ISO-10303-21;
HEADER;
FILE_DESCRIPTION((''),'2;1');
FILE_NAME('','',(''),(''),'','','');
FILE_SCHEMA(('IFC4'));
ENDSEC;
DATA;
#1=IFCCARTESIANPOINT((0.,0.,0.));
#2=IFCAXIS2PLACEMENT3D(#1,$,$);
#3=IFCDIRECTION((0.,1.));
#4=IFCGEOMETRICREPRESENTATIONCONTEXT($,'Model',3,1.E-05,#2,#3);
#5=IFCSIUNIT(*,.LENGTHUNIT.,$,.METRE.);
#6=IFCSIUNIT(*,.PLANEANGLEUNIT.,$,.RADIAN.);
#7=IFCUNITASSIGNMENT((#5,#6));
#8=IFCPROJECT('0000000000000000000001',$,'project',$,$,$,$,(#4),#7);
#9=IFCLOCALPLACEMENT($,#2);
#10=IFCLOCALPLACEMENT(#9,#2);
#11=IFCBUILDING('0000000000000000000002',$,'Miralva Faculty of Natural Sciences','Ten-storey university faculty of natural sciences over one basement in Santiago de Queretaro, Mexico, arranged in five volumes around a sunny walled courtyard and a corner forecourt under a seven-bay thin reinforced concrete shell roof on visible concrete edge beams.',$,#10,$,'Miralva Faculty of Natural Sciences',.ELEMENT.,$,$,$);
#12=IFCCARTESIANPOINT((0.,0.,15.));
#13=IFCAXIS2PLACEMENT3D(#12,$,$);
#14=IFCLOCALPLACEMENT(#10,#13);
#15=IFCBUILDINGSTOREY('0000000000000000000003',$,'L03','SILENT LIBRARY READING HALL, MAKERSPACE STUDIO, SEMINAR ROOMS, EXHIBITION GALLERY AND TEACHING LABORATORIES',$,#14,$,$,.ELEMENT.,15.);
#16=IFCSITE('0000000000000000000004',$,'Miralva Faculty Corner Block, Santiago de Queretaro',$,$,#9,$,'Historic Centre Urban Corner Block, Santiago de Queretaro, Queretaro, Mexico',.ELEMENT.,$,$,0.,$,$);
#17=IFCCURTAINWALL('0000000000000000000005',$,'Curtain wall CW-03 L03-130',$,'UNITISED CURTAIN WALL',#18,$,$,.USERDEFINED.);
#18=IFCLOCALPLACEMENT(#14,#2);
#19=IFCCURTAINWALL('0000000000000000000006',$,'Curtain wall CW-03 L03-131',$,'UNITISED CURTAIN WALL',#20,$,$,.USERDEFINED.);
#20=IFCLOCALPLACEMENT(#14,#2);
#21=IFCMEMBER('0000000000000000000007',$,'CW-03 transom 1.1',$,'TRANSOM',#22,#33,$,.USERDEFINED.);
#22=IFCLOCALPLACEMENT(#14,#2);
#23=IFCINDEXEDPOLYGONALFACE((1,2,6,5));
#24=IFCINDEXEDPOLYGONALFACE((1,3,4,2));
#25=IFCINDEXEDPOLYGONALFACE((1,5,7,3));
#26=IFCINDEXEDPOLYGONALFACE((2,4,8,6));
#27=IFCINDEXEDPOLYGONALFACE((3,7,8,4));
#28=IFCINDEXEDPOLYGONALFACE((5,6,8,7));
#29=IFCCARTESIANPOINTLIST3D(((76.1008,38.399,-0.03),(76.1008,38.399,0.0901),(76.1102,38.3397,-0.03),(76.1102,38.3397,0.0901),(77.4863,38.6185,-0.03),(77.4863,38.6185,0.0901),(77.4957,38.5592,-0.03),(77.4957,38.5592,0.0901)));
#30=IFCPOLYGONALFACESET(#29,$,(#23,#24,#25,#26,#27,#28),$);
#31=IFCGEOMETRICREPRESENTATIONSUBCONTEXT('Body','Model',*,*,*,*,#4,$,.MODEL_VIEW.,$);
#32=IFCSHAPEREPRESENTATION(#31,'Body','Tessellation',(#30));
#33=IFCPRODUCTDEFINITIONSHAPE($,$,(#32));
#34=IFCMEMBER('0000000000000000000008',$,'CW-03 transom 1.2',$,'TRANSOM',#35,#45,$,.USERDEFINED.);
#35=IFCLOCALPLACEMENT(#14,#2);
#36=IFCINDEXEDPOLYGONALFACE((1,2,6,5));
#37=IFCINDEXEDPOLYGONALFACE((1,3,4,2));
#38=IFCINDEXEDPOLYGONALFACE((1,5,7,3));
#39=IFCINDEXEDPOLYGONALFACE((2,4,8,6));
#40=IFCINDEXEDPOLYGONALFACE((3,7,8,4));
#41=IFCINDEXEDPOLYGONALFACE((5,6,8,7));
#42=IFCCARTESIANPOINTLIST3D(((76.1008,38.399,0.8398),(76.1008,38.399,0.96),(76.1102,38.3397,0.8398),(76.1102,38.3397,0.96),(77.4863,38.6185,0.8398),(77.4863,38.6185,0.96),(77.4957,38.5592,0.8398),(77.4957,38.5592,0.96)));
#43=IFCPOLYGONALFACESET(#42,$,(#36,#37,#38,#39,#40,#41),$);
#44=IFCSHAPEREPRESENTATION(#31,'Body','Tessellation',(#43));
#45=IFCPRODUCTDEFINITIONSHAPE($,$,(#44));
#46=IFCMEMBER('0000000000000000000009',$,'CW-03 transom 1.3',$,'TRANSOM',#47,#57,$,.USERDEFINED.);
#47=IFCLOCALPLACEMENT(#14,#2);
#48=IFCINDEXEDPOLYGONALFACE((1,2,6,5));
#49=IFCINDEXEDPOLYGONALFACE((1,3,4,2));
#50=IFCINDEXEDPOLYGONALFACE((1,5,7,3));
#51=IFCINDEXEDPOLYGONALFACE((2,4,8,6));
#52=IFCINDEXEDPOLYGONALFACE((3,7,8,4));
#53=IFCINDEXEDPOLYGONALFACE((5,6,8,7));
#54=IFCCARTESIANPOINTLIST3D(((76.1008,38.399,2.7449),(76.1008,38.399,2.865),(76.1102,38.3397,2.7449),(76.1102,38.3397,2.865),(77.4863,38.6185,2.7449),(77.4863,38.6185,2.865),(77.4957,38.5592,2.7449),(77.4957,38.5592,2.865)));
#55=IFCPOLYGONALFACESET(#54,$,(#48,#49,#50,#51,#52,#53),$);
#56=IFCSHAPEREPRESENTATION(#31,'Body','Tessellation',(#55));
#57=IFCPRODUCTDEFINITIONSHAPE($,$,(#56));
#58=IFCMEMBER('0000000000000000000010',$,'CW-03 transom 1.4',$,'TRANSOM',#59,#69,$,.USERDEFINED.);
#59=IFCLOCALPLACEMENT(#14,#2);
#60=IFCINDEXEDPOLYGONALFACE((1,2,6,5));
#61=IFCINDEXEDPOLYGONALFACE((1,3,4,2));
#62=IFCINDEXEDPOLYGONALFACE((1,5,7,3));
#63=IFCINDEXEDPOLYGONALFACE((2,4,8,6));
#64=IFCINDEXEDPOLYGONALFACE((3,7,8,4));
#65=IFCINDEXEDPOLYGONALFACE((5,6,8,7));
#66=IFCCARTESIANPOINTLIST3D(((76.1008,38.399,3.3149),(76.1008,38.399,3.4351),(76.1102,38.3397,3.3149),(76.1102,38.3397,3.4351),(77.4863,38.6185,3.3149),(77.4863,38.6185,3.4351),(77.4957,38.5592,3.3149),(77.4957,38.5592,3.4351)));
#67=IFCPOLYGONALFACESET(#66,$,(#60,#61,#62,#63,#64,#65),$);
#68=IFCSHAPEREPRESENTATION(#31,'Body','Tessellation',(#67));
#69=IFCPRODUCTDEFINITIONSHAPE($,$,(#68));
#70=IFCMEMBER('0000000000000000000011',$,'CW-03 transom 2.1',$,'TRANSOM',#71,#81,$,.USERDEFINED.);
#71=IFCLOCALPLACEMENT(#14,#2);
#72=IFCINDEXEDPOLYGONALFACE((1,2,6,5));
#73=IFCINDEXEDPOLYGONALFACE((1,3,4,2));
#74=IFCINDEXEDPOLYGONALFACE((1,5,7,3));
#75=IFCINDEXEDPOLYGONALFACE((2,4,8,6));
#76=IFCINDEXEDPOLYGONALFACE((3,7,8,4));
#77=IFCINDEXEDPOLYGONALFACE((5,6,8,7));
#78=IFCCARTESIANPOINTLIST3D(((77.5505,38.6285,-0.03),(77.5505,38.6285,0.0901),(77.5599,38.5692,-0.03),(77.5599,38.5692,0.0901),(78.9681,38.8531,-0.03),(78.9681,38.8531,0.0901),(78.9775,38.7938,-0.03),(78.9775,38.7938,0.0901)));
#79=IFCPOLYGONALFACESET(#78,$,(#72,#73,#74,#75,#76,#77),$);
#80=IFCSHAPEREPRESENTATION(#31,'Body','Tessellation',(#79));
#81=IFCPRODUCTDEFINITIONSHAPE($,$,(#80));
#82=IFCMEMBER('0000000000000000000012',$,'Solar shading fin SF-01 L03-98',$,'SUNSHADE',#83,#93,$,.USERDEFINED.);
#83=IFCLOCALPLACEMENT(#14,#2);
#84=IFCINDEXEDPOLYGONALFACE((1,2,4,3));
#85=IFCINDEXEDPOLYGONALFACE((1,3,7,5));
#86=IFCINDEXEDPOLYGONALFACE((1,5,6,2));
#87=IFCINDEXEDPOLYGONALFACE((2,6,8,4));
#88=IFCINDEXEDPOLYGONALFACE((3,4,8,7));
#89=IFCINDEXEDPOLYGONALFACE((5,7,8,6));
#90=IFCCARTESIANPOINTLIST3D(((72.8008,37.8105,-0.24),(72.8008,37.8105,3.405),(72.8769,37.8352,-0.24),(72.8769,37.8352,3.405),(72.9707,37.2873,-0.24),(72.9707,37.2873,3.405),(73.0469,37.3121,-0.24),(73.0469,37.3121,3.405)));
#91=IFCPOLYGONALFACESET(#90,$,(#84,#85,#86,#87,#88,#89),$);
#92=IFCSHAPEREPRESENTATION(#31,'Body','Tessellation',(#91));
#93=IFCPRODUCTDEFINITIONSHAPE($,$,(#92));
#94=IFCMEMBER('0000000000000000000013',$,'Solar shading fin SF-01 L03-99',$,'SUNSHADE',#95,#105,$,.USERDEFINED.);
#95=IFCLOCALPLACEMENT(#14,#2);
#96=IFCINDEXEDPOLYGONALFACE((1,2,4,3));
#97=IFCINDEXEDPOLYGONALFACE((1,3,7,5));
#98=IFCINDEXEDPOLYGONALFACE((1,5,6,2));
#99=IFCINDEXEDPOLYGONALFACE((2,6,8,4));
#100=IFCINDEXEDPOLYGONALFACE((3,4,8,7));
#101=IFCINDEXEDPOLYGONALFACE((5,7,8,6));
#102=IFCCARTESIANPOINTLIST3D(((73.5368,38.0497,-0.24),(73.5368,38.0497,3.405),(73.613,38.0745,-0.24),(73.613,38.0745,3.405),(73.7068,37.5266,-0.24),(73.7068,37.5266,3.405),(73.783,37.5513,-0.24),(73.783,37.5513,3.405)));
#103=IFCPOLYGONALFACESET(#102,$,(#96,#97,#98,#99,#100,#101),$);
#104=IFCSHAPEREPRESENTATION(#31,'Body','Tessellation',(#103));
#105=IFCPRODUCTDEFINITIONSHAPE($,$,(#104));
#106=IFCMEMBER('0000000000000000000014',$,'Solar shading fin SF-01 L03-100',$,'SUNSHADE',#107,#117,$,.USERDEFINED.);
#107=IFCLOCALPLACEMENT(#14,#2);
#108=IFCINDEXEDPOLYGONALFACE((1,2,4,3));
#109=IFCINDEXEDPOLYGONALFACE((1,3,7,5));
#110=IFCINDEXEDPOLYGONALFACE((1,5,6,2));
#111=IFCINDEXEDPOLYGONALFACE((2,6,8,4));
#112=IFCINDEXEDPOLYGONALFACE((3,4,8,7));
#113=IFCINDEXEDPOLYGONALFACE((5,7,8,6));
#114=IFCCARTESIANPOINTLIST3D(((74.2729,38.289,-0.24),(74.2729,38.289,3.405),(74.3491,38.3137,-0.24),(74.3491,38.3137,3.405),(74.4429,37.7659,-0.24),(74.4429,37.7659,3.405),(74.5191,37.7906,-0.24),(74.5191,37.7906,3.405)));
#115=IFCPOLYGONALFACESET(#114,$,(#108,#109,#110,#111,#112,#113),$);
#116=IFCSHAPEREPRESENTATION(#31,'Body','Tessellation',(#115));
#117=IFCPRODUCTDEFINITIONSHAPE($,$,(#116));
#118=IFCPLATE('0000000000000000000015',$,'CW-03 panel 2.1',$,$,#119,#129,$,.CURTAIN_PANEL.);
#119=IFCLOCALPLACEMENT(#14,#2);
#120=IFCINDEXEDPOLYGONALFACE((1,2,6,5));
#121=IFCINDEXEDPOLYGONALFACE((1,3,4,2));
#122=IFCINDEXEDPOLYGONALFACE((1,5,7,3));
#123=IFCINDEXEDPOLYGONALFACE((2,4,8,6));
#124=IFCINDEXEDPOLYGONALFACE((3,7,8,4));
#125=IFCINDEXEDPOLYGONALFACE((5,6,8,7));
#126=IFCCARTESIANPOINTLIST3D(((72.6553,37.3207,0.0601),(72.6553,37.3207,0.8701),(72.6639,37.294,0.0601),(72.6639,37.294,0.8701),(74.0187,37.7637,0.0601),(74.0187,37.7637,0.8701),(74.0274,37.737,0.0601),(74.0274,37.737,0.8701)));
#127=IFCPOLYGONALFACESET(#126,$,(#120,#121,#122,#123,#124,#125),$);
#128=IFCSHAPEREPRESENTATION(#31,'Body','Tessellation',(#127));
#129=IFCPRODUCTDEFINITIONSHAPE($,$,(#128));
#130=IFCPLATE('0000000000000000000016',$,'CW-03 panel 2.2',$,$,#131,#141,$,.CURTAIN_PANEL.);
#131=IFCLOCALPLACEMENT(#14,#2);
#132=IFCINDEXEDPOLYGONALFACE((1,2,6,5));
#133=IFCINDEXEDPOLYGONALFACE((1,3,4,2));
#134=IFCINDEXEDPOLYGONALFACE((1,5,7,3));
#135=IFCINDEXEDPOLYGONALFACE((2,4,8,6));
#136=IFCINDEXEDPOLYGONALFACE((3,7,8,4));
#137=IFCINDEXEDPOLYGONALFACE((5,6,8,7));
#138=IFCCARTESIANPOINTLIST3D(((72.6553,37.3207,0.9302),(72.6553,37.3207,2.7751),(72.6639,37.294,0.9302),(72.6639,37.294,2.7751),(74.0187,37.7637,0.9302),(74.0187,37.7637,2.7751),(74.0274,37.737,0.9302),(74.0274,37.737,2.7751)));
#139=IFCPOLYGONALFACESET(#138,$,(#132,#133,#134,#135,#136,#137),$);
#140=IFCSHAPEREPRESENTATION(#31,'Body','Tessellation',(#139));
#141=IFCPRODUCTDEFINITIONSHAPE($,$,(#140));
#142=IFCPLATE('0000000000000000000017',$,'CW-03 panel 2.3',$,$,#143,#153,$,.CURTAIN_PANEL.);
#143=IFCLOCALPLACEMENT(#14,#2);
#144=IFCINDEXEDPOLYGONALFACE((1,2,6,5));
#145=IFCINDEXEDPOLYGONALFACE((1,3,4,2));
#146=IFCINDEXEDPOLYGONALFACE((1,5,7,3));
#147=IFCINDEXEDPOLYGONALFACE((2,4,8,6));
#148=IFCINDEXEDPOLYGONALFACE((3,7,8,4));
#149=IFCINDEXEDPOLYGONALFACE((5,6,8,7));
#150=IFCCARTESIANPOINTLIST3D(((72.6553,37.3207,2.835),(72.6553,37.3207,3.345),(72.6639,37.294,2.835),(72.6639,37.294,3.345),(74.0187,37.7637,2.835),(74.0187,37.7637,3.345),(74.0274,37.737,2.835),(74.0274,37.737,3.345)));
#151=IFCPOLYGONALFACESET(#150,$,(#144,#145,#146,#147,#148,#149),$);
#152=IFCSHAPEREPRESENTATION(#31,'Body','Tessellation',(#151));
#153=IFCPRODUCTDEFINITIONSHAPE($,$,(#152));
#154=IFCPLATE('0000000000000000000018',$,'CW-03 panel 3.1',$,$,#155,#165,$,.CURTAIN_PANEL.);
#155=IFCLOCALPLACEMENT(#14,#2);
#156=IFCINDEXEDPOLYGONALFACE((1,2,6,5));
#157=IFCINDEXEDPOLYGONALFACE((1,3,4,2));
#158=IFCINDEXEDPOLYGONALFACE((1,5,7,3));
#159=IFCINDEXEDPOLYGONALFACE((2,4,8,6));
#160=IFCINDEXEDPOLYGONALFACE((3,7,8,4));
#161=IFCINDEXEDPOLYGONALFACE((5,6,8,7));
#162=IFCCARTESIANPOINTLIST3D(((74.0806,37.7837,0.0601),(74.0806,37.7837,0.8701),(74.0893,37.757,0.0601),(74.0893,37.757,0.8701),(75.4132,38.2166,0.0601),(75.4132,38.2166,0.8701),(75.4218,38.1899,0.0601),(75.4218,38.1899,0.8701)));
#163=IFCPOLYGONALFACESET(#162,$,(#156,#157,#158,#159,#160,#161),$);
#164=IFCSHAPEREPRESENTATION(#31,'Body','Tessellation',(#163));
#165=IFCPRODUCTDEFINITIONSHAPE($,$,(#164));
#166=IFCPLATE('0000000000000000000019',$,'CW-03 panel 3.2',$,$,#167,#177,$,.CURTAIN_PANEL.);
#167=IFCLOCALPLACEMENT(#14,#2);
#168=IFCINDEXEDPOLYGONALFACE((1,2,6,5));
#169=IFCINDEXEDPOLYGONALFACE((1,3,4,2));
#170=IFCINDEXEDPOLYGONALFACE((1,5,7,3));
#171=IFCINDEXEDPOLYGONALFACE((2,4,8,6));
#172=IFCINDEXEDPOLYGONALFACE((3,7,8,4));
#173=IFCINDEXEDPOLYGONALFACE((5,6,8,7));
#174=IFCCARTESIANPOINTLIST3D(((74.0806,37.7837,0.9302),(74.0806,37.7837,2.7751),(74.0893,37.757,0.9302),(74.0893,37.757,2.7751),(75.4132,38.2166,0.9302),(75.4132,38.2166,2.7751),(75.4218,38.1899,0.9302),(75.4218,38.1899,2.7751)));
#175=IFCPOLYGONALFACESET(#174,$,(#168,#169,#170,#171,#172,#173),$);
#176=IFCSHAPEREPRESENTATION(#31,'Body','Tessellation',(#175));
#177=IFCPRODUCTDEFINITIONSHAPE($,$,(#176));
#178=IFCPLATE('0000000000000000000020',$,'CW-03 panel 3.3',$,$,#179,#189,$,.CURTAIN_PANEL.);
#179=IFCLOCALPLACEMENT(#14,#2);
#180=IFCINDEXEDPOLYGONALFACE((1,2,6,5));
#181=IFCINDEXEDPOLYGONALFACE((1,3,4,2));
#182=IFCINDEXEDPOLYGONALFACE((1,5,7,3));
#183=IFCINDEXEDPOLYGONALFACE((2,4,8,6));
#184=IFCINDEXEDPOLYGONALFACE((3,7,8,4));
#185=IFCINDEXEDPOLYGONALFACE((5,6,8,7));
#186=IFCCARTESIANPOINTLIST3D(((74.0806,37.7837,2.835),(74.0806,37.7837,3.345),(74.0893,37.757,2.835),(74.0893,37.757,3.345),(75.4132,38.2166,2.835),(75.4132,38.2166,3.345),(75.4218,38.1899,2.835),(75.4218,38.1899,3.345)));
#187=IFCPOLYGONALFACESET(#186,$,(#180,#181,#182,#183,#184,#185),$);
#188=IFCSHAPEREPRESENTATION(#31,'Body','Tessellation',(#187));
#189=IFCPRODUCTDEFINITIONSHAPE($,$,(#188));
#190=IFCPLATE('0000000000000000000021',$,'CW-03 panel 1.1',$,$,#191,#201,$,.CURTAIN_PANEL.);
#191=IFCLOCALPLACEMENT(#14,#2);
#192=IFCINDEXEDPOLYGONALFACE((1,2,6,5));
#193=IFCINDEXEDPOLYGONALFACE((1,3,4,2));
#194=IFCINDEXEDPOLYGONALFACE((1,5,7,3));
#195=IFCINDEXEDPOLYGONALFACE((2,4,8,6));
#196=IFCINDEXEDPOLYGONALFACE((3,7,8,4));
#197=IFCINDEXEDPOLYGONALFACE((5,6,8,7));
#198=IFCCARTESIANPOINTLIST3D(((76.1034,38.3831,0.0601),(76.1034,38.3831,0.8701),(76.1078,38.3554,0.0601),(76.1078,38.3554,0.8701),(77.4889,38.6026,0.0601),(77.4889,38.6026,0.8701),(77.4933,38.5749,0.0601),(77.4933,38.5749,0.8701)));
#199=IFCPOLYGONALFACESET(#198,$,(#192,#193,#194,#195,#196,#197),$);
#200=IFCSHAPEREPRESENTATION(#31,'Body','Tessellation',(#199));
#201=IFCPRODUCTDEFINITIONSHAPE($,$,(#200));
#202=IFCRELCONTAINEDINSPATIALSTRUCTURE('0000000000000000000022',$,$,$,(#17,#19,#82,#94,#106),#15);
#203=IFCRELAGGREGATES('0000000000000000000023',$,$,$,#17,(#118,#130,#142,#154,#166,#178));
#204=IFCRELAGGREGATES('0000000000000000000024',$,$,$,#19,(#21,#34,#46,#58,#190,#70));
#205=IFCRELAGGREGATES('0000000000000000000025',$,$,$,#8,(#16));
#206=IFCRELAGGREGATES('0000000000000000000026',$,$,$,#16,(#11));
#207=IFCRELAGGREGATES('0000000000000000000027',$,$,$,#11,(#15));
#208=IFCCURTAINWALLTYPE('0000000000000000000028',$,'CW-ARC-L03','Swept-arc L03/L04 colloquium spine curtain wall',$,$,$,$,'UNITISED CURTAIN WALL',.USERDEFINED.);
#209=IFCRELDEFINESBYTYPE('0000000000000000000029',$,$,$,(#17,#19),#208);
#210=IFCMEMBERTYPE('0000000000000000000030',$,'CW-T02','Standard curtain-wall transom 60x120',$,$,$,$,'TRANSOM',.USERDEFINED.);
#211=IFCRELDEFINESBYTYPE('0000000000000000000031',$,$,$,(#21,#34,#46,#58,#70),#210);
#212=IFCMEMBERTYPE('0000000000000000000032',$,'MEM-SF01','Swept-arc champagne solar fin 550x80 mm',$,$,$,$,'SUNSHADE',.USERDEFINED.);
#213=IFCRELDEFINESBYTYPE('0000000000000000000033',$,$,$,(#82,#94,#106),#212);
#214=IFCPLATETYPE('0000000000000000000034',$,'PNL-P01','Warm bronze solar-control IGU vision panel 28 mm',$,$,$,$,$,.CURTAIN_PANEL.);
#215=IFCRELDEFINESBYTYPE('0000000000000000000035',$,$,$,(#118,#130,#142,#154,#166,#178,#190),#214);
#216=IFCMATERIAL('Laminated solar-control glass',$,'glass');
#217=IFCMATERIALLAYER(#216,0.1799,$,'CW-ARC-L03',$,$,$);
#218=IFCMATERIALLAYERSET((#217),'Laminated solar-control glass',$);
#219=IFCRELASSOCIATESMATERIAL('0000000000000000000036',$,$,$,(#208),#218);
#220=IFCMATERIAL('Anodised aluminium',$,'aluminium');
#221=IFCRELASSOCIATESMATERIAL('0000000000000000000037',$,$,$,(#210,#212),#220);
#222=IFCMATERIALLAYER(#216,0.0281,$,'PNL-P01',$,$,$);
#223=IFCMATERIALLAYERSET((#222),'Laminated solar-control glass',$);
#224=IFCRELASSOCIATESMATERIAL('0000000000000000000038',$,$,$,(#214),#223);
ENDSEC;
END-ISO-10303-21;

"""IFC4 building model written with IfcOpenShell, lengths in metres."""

from ifc_helpers import new_model, si_unit, direction, frame, origin, origin_2d, place, context, subcontext, project, spatial, rectangle, extrude, material, layer, layer_set, material_profile, profile_set, type_object, element, aggregate, save


model = new_model("IFC4")

# Units and contexts
model_context = context("Model", 3, precision=1e-05, world=origin(), true_north=direction((0.0, 1.0)))
body_context = subcontext(model_context, "Body", "Model", "MODEL_VIEW")
ifc_project = project(units=[si_unit("LENGTHUNIT", "METRE"), si_unit("PLANEANGLEUNIT", "RADIAN")], contexts=[model_context])

# Site, building, storey
site_placement = place(None, origin())
site = spatial("IfcSite", under=ifc_project, at=site_placement, Name="Miralva Faculty Corner Block, Santiago de Queretaro", LongName="Historic Centre Urban Corner Block, Santiago de Queretaro, Queretaro, Mexico", CompositionType="ELEMENT", RefElevation=0.0)
building_placement = place(site_placement, origin())
building = spatial("IfcBuilding", under=site, at=building_placement, Name="Miralva Faculty of Natural Sciences", Description="Ten-storey university faculty of natural sciences over one basement in Santiago de Queretaro, Mexico, arranged in five volumes around a sunny walled courtyard and a corner forecourt under a seven-bay thin reinforced concrete shell roof on visible concrete edge beams.", LongName="Miralva Faculty of Natural Sciences", CompositionType="ELEMENT")
storey_placement = place(building_placement, frame((0.0, 0.0, 15.0)))
storey = spatial("IfcBuildingStorey", under=building, at=storey_placement, Name="L03", Description="SILENT LIBRARY READING HALL, MAKERSPACE STUDIO, SEMINAR ROOMS, EXHIBITION GALLERY AND TEACHING LABORATORIES", CompositionType="ELEMENT", Elevation=15.0)

# Curtain walls
ifc_material_1 = material(Name="Laminated solar-control glass", Category="glass")
ifc_layer_1 = layer(ifc_material_1, 0.1799, Name="CW-ARC-L03")
ifc_layer_set_1 = layer_set([ifc_layer_1], Name="Laminated solar-control glass")
curtain_wall_type = type_object("IfcCurtainWallType", Name="CW-ARC-L03", Description="Swept-arc L03/L04 colloquium spine curtain wall", ElementType="UNITISED CURTAIN WALL", PredefinedType="USERDEFINED", material=ifc_layer_set_1)
curtain_wall_1_placement = place(storey_placement, origin())
curtain_wall_1 = element("IfcCurtainWall", 1, at=curtain_wall_1_placement, inside=storey, type_object=curtain_wall_type, Name="Curtain wall CW-03 L03-130", ObjectType="UNITISED CURTAIN WALL", PredefinedType="USERDEFINED")
ifc_material_2 = material(Name="Anodised aluminium", Category="aluminium")
curtain_wall_2_placement = place(storey_placement, origin())
curtain_wall_2 = element("IfcCurtainWall", 2, at=curtain_wall_2_placement, inside=storey, type_object=curtain_wall_type, Name="Curtain wall CW-03 L03-131", ObjectType="UNITISED CURTAIN WALL", PredefinedType="USERDEFINED")

# Members
ifc_material_profile_1 = material_profile(ifc_material_2, rectangle(XDim=0.0601, YDim=0.1201, at=origin_2d()), Name="TRANSOM 60x120")
ifc_profile_set_1 = profile_set([ifc_material_profile_1], Name="Anodised aluminium")
member_type_1 = type_object("IfcMemberType", Name="CW-T02", Description="Standard curtain-wall transom 60x120", ElementType="TRANSOM", PredefinedType="USERDEFINED", material=ifc_profile_set_1)
member_1_placement = place(storey_placement, frame((76.1055, 38.3694, 0.03), z_axis=(0.987684, 0.156463, 0.0), x_axis=(-0.156463, 0.987684, 0.0)))
member_1 = element("IfcMember", 3, at=member_1_placement, type_object=member_type_1, Name="CW-03 transom 1.1", ObjectType="TRANSOM", PredefinedType="USERDEFINED", context=body_context, shape_type="SweptSolid", body=[
    extrude(rectangle(XDim=0.0601, YDim=0.1201, at=origin_2d()), origin(), (0.0, 0.0, 1.0), 1.4028),
])
member_2_placement = place(storey_placement, frame((76.1055, 38.3694, 0.8999), z_axis=(0.987684, 0.156463, 0.0), x_axis=(-0.156463, 0.987684, 0.0)))
member_2 = element("IfcMember", 4, at=member_2_placement, type_object=member_type_1, Name="CW-03 transom 1.2", ObjectType="TRANSOM", PredefinedType="USERDEFINED", context=body_context, shape_type="SweptSolid", body=[
    extrude(rectangle(XDim=0.0601, YDim=0.1201, at=origin_2d()), origin(), (0.0, 0.0, 1.0), 1.4028),
])
member_3_placement = place(storey_placement, frame((76.1055, 38.3694, 2.8049), z_axis=(0.987684, 0.156463, 0.0), x_axis=(-0.156463, 0.987684, 0.0)))
member_3 = element("IfcMember", 5, at=member_3_placement, type_object=member_type_1, Name="CW-03 transom 1.3", ObjectType="TRANSOM", PredefinedType="USERDEFINED", context=body_context, shape_type="SweptSolid", body=[
    extrude(rectangle(XDim=0.0601, YDim=0.1201, at=origin_2d()), origin(), (0.0, 0.0, 1.0), 1.4028),
])
member_4_placement = place(storey_placement, frame((76.1055, 38.3694, 3.375), z_axis=(0.987684, 0.156463, 0.0), x_axis=(-0.156463, 0.987684, 0.0)))
member_4 = element("IfcMember", 6, at=member_4_placement, type_object=member_type_1, Name="CW-03 transom 1.4", ObjectType="TRANSOM", PredefinedType="USERDEFINED", context=body_context, shape_type="SweptSolid", body=[
    extrude(rectangle(XDim=0.0601, YDim=0.1201, at=origin_2d()), origin(), (0.0, 0.0, 1.0), 1.4028),
])
member_5_placement = place(storey_placement, frame((77.5552, 38.5989, 0.03), z_axis=(0.987681, 0.156478, 0.0), x_axis=(-0.156478, 0.987681, 0.0)))
member_5 = element("IfcMember", 7, at=member_5_placement, type_object=member_type_1, Name="CW-03 transom 2.1", ObjectType="TRANSOM", PredefinedType="USERDEFINED", context=body_context, shape_type="SweptSolid", body=[
    extrude(rectangle(XDim=0.0601, YDim=0.1201, at=origin_2d()), origin(), (0.0, 0.0, 1.0), 1.4353),
])

# Members
ifc_material_profile_2 = material_profile(ifc_material_2, rectangle(XDim=0.0801, YDim=0.55, at=origin_2d()), Name="FIN 550x80")
ifc_profile_set_2 = profile_set([ifc_material_profile_2], Name="Anodised aluminium")
member_type_2 = type_object("IfcMemberType", Name="MEM-SF01", Description="Swept-arc champagne solar fin 550x80 mm", ElementType="SUNSHADE", PredefinedType="USERDEFINED", material=ifc_profile_set_2)
for number, where, z_axis, x_axis, name in (
    (8, (72.9238, 37.5613, -0.24), (0.0, 0.0, 1.0), (-0.951057, -0.309017, 0.0), "Solar shading fin SF-01 L03-98"),
    (9, (73.6599, 37.8005, -0.24), (0.0, 0.0, 1.0), (-0.951057, -0.309017, 0.0), "Solar shading fin SF-01 L03-99"),
    (10, (74.396, 38.0398, -0.24), (0.0, 0.0, 1.0), (-0.951057, -0.309017, 0.0), "Solar shading fin SF-01 L03-100"),
):
    element("IfcMember", number, at=place(storey_placement, frame(where, z_axis=z_axis, x_axis=x_axis)), inside=storey, type_object=member_type_2, Name=name, ObjectType="SUNSHADE", PredefinedType="USERDEFINED", context=body_context, shape_type="SweptSolid", body=[
        extrude(rectangle(XDim=0.0801, YDim=0.55, at=origin_2d()), origin(), (0.0, 0.0, 1.0), 3.645),
    ])

# Plates
ifc_layer_2 = layer(ifc_material_1, 0.0281, Name="PNL-P01")
ifc_layer_set_2 = layer_set([ifc_layer_2], Name="Laminated solar-control glass")
plate_type = type_object("IfcPlateType", Name="PNL-P01", Description="Warm bronze solar-control IGU vision panel 28 mm", PredefinedType="CURTAIN_PANEL", material=ifc_layer_set_2)
plate_1_placement = place(storey_placement, frame((73.3413, 37.5288, 0.0601), z_axis=(0.0, 0.0, 1.0), x_axis=(0.95106, 0.309006, 0.0)))
plate_1 = element("IfcPlate", 11, at=plate_1_placement, type_object=plate_type, Name="CW-03 panel 2.1", PredefinedType="CURTAIN_PANEL", context=body_context, shape_type="SweptSolid", body=[
    extrude(rectangle(XDim=1.4336, YDim=0.0281, at=origin_2d()), origin(), (0.0, 0.0, 1.0), 0.8101),
])
plate_2_placement = place(storey_placement, frame((73.3413, 37.5288, 0.9302), z_axis=(0.0, 0.0, 1.0), x_axis=(0.95106, 0.309006, 0.0)))
plate_2 = element("IfcPlate", 12, at=plate_2_placement, type_object=plate_type, Name="CW-03 panel 2.2", PredefinedType="CURTAIN_PANEL", context=body_context, shape_type="SweptSolid", body=[
    extrude(rectangle(XDim=1.4336, YDim=0.0281, at=origin_2d()), origin(), (0.0, 0.0, 1.0), 1.845),
])
plate_3_placement = place(storey_placement, frame((73.3413, 37.5288, 2.835), z_axis=(0.0, 0.0, 1.0), x_axis=(0.95106, 0.309006, 0.0)))
plate_3 = element("IfcPlate", 13, at=plate_3_placement, type_object=plate_type, Name="CW-03 panel 2.3", PredefinedType="CURTAIN_PANEL", context=body_context, shape_type="SweptSolid", body=[
    extrude(rectangle(XDim=1.4336, YDim=0.0281, at=origin_2d()), origin(), (0.0, 0.0, 1.0), 0.51),
])
plate_4_placement = place(storey_placement, frame((74.7512, 37.9868, 0.0601), z_axis=(0.0, 0.0, 1.0), x_axis=(0.95106, 0.309006, 0.0)))
plate_4 = element("IfcPlate", 14, at=plate_4_placement, type_object=plate_type, Name="CW-03 panel 3.1", PredefinedType="CURTAIN_PANEL", context=body_context, shape_type="SweptSolid", body=[
    extrude(rectangle(XDim=1.4011, YDim=0.0281, at=origin_2d()), origin(), (0.0, 0.0, 1.0), 0.8101),
])
plate_5_placement = place(storey_placement, frame((74.7512, 37.9868, 0.9302), z_axis=(0.0, 0.0, 1.0), x_axis=(0.95106, 0.309006, 0.0)))
plate_5 = element("IfcPlate", 15, at=plate_5_placement, type_object=plate_type, Name="CW-03 panel 3.2", PredefinedType="CURTAIN_PANEL", context=body_context, shape_type="SweptSolid", body=[
    extrude(rectangle(XDim=1.4011, YDim=0.0281, at=origin_2d()), origin(), (0.0, 0.0, 1.0), 1.845),
])
plate_6_placement = place(storey_placement, frame((74.7512, 37.9868, 2.835), z_axis=(0.0, 0.0, 1.0), x_axis=(0.95106, 0.309006, 0.0)))
plate_6 = element("IfcPlate", 16, at=plate_6_placement, type_object=plate_type, Name="CW-03 panel 3.3", PredefinedType="CURTAIN_PANEL", context=body_context, shape_type="SweptSolid", body=[
    extrude(rectangle(XDim=1.4011, YDim=0.0281, at=origin_2d()), origin(), (0.0, 0.0, 1.0), 0.51),
])
aggregate(curtain_wall_1, [plate_1, plate_2, plate_3, plate_4, plate_5, plate_6])
plate_7_placement = place(storey_placement, frame((76.7983, 38.479, 0.0601), z_axis=(0.0, 0.0, 1.0), x_axis=(0.987689, 0.156431, 0.0)))
plate_7 = element("IfcPlate", 17, at=plate_7_placement, type_object=plate_type, Name="CW-03 panel 1.1", PredefinedType="CURTAIN_PANEL", context=body_context, shape_type="SweptSolid", body=[
    extrude(rectangle(XDim=1.4028, YDim=0.0281, at=origin_2d()), origin(), (0.0, 0.0, 1.0), 0.8101),
])
aggregate(curtain_wall_2, [member_1, member_2, member_3, member_4, plate_7, member_5])

save(model, "model.ifc")
